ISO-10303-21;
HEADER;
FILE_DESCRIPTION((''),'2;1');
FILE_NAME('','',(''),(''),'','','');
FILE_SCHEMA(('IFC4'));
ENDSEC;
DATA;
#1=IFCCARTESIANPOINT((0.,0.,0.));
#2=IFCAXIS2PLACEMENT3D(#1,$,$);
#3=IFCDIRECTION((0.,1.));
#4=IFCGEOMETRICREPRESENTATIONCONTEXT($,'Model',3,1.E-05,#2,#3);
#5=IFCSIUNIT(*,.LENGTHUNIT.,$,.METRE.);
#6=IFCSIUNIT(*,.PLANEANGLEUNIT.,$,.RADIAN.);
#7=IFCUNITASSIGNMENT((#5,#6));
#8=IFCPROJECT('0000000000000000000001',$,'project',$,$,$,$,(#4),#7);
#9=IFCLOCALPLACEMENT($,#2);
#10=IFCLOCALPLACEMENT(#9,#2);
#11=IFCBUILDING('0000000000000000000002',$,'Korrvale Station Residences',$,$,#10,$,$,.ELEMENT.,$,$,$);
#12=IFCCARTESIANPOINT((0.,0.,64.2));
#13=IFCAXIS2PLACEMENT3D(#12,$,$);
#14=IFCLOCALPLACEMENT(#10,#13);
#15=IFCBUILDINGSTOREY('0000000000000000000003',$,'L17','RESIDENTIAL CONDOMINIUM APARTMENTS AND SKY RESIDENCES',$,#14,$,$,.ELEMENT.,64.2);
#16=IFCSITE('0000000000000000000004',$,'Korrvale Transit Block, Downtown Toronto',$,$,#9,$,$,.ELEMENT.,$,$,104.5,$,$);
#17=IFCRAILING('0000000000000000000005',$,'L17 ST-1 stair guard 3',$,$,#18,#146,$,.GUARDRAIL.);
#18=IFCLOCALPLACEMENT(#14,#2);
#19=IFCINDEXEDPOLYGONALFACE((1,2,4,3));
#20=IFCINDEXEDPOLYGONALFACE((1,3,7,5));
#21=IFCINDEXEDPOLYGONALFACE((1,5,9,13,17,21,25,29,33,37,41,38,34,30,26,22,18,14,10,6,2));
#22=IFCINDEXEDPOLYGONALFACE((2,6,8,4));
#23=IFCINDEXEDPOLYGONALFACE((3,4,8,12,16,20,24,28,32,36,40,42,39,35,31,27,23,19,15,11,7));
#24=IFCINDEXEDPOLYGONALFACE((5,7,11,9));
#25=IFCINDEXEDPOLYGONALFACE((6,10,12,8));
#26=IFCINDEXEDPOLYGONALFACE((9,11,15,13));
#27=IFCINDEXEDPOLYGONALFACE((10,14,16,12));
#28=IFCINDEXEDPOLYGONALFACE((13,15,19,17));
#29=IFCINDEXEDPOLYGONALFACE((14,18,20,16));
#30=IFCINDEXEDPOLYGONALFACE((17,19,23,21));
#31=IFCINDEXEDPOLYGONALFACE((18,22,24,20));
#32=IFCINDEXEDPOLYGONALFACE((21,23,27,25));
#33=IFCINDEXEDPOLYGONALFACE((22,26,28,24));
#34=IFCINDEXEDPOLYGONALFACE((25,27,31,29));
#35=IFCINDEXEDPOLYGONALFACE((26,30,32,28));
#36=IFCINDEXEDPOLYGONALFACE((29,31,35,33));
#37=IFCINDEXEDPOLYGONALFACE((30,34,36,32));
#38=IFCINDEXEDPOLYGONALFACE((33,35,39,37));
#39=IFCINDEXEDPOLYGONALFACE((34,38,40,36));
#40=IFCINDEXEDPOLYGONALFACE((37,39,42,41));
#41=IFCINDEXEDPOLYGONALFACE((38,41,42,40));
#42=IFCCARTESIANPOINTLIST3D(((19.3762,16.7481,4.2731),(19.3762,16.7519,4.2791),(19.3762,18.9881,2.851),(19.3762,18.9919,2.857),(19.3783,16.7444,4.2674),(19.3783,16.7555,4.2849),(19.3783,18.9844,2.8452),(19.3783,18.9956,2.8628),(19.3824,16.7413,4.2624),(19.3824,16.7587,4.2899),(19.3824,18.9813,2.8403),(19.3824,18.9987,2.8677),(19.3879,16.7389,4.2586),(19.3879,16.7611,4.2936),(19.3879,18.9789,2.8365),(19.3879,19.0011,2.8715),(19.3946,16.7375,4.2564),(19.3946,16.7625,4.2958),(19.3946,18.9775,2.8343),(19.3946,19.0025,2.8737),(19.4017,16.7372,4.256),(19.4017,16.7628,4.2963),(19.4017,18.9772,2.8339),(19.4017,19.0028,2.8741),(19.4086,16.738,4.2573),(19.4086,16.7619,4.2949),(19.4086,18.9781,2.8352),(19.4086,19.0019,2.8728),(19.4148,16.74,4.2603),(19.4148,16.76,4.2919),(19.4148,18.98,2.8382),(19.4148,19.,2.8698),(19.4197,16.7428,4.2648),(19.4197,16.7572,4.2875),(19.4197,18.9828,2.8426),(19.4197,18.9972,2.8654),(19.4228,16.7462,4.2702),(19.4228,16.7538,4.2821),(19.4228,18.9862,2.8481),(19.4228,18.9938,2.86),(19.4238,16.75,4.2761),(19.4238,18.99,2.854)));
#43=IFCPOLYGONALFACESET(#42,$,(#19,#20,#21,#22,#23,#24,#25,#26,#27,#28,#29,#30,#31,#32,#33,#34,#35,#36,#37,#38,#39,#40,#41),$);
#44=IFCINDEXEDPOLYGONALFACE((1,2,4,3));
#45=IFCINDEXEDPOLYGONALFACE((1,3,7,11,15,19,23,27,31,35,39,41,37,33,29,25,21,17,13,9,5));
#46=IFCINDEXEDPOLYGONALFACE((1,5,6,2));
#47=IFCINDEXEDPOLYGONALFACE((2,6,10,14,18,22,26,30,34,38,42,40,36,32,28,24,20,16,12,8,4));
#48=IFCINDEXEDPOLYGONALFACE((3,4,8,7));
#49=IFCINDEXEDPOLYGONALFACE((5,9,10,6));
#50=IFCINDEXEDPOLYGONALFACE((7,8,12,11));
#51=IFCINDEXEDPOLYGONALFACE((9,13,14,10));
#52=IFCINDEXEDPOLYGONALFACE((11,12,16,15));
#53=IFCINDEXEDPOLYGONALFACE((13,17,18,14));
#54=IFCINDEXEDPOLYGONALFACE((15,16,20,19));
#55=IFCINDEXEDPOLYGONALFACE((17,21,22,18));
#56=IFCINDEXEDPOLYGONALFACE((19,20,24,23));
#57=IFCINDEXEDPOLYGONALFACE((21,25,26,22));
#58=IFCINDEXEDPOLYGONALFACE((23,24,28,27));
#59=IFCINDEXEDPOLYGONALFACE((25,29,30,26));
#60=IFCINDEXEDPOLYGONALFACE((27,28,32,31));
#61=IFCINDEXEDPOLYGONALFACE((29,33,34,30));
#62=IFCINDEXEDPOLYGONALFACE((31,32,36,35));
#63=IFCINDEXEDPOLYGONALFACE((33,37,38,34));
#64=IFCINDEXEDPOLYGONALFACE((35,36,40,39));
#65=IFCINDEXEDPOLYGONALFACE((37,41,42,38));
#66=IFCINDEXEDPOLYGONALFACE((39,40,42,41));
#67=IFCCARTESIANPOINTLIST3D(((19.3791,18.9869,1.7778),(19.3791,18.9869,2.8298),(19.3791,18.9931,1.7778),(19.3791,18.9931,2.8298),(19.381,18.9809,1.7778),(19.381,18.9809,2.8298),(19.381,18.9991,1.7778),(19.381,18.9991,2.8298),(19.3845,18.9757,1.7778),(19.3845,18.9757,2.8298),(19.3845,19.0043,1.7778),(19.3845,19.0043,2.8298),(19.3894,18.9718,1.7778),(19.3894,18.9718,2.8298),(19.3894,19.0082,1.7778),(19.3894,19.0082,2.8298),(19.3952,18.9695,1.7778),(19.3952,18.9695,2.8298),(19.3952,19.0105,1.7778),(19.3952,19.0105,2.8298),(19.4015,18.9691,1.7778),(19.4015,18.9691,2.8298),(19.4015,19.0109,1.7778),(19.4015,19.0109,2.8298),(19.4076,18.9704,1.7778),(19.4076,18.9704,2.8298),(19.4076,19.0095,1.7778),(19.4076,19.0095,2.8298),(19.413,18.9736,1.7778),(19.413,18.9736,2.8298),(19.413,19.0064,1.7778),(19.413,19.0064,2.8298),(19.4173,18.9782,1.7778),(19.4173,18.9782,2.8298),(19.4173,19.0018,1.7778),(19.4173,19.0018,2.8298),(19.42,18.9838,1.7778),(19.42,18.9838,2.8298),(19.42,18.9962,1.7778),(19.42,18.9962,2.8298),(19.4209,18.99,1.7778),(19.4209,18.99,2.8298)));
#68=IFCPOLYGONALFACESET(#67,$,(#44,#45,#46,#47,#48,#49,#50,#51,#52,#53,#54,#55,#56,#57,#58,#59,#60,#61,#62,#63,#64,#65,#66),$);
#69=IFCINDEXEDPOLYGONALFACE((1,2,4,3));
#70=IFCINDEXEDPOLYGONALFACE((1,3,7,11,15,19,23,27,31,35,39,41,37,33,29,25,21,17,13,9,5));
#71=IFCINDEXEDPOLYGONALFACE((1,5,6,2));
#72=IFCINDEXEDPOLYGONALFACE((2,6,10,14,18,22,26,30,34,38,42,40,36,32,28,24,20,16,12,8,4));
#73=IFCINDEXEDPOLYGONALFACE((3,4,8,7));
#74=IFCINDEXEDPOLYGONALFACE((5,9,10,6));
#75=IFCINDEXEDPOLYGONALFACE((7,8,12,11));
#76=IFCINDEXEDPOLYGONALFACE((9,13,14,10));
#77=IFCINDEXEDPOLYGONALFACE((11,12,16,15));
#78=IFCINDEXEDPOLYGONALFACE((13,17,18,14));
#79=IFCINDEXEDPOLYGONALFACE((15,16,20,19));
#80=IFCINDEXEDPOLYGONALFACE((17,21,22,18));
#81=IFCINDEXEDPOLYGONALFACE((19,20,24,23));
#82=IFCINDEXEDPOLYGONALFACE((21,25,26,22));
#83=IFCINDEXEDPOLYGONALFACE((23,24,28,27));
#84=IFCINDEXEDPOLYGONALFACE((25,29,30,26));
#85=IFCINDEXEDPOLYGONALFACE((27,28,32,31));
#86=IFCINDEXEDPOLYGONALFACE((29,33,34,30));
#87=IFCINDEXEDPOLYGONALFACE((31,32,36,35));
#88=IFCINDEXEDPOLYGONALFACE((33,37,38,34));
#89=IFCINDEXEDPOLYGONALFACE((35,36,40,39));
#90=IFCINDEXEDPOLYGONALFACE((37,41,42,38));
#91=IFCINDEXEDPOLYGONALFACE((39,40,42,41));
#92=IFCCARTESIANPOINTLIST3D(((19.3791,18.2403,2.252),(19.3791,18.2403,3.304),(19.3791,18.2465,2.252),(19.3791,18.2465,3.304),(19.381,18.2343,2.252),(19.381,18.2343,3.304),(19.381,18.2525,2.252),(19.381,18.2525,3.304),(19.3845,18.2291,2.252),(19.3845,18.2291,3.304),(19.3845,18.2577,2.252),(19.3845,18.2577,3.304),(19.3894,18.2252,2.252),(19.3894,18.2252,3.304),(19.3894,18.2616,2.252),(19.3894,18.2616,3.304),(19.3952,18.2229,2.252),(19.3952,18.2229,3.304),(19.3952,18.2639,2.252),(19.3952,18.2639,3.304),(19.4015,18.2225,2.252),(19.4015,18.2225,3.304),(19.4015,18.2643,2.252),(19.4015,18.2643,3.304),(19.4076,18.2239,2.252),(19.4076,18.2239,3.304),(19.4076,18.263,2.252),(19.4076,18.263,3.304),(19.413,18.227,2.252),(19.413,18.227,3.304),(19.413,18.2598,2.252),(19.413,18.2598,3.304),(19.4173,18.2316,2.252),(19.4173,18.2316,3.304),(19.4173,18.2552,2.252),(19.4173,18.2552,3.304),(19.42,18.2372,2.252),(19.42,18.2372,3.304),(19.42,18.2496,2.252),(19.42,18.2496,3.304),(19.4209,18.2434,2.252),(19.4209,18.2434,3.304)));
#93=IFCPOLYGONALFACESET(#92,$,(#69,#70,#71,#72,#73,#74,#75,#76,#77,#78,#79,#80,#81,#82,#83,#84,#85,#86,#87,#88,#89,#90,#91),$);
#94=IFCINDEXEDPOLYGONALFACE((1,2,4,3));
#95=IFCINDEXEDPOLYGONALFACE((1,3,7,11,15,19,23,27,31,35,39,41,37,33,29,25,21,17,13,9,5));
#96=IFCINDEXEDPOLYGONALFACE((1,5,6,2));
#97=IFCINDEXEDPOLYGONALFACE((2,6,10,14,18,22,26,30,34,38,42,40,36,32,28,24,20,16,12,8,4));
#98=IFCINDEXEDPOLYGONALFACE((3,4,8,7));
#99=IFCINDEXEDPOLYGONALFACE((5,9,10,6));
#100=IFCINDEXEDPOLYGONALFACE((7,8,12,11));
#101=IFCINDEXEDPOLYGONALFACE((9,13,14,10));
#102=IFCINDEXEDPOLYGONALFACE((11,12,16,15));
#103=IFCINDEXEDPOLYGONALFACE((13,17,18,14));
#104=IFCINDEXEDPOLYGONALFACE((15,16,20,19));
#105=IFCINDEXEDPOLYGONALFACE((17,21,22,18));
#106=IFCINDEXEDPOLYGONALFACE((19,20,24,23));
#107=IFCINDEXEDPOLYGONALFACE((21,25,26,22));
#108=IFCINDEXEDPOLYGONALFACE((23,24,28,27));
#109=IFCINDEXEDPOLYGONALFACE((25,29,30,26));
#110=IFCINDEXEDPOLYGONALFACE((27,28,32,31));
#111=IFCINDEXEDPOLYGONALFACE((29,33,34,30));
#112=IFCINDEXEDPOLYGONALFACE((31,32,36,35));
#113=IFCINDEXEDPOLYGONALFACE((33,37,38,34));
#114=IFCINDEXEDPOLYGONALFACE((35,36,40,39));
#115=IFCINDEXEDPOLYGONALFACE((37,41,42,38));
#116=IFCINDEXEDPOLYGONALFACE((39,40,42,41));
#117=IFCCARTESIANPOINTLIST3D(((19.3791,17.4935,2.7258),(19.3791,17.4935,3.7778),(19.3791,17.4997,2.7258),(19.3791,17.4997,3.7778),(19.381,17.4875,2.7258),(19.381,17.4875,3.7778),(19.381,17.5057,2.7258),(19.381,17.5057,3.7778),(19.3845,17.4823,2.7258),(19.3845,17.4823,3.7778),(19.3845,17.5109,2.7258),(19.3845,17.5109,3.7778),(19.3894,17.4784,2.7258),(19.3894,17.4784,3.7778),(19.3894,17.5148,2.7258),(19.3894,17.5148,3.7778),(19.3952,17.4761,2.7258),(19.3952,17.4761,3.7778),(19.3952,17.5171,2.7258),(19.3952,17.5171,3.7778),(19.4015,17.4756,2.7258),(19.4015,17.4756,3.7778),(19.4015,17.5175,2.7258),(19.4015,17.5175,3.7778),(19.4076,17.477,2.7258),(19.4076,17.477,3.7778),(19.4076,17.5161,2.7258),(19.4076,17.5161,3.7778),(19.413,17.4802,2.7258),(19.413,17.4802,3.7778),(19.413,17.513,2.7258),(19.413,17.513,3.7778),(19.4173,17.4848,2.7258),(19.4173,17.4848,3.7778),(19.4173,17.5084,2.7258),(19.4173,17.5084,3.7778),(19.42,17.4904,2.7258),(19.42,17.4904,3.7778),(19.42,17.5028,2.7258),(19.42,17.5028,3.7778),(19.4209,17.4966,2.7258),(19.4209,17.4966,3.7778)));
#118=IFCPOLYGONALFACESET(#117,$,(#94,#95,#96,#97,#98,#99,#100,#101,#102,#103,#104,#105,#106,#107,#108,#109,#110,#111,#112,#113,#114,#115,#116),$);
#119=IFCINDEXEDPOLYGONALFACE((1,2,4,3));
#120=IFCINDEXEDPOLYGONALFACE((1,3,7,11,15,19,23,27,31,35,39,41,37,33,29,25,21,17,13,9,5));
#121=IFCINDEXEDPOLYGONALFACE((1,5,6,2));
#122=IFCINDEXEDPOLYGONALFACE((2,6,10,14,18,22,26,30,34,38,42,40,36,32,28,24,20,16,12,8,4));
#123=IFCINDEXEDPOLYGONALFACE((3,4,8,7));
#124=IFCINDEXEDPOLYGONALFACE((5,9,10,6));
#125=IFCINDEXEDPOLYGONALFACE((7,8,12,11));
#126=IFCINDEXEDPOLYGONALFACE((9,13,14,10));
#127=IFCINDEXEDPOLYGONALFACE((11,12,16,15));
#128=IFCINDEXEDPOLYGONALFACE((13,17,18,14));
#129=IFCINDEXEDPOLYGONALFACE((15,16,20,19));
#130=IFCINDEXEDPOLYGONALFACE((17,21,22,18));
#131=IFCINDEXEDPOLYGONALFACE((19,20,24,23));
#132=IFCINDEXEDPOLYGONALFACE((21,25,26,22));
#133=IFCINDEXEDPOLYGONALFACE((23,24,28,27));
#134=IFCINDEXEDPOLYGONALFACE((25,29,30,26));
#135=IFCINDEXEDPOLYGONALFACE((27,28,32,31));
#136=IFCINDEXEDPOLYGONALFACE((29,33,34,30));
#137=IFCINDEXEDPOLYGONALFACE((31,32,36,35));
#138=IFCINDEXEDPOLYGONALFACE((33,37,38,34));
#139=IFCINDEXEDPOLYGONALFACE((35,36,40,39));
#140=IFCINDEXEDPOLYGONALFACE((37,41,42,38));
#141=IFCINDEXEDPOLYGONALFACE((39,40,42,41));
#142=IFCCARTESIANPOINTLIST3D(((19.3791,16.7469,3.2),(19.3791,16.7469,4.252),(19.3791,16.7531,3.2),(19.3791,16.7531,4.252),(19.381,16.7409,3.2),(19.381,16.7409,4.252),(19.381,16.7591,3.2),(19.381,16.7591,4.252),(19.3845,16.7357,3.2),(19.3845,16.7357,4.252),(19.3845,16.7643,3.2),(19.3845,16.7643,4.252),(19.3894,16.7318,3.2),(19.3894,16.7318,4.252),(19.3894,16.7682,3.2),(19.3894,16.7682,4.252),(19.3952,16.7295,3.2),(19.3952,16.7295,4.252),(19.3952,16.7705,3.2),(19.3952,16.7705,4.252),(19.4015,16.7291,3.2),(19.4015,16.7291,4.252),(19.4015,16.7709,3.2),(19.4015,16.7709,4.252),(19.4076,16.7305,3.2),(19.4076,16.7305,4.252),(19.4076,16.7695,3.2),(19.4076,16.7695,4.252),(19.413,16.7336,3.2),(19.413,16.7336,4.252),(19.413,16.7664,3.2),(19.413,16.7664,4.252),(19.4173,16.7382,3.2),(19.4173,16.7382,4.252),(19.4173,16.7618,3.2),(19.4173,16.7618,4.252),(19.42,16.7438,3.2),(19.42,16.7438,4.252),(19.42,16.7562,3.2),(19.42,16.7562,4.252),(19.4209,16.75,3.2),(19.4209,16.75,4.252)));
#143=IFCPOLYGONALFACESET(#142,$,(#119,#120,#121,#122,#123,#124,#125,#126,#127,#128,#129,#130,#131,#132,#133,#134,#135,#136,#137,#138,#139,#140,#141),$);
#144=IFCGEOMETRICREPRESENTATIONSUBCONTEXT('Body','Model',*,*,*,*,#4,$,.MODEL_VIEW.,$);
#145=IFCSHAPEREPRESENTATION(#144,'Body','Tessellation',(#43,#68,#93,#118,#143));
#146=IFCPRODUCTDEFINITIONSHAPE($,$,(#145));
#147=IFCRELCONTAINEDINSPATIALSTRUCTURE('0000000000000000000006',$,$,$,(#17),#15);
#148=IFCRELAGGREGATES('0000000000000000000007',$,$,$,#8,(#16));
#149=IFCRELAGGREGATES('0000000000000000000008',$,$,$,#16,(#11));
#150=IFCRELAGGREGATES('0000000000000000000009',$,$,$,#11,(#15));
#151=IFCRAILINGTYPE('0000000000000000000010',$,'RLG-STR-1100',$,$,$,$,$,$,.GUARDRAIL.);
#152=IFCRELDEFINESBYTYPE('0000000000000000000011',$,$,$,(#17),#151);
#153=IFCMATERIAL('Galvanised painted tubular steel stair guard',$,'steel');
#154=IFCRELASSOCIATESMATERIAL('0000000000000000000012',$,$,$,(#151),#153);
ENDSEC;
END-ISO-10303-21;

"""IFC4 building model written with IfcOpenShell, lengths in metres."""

from ifc_helpers import new_model, si_unit, direction, frame, origin, origin_2d, place, context, subcontext, project, spatial, circle, extrude, material, type_object, element, save


model = new_model("IFC4")

# Units and contexts
model_context = context("Model", 3, precision=1e-05, world=origin(), true_north=direction((0.0, 1.0)))
body_context = subcontext(model_context, "Body", "Model", "MODEL_VIEW")
ifc_project = project(units=[si_unit("LENGTHUNIT", "METRE"), si_unit("PLANEANGLEUNIT", "RADIAN")], contexts=[model_context])

# Site, building, storey
site_placement = place(None, origin())
site = spatial("IfcSite", under=ifc_project, at=site_placement, Name="Korrvale Transit Block, Downtown Toronto", CompositionType="ELEMENT", RefElevation=104.5)
building_placement = place(site_placement, origin())
building = spatial("IfcBuilding", under=site, at=building_placement, Name="Korrvale Station Residences", CompositionType="ELEMENT")
storey_placement = place(building_placement, frame((0.0, 0.0, 64.2)))
storey = spatial("IfcBuildingStorey", under=building, at=storey_placement, Name="L17", Description="RESIDENTIAL CONDOMINIUM APARTMENTS AND SKY RESIDENCES", CompositionType="ELEMENT", Elevation=64.2)

# Railing
ifc_material_1 = material(Name="Galvanised painted tubular steel stair guard", Category="steel")
railing_type_1 = type_object("IfcRailingType", Name="RLG-STR-1100", PredefinedType="GUARDRAIL", material=ifc_material_1)
railing_1_placement = place(storey_placement, frame((19.3999, 18.99, 1.7778)))
element("IfcRailing", 1, at=railing_1_placement, inside=storey, type_object=railing_type_1, Name="L17 ST-1 stair guard 3", PredefinedType="GUARDRAIL", context=body_context, shape_type="SweptSolid", body=[
    extrude(circle(Radius=0.0239, at=origin_2d()), frame((0.0, 0.0, 1.0762), z_axis=(0.0, -0.844229, 0.535982), x_axis=(1.0, 0.0, 0.0)), (0.0, 0.0, 1.0), 2.6533),
    extrude(circle(Radius=0.021, at=origin_2d()), origin(), (0.0, 0.0, 1.0), 1.052),
    extrude(circle(Radius=0.021, at=origin_2d()), frame((0.0, -0.7466, 0.4741)), (0.0, 0.0, 1.0), 1.052),
    extrude(circle(Radius=0.021, at=origin_2d()), frame((0.0, -1.4934, 0.948)), (0.0, 0.0, 1.0), 1.052),
    extrude(circle(Radius=0.021, at=origin_2d()), frame((0.0, -2.24, 1.4221)), (0.0, 0.0, 1.0), 1.052),
])

save(model, "model.ifc")
